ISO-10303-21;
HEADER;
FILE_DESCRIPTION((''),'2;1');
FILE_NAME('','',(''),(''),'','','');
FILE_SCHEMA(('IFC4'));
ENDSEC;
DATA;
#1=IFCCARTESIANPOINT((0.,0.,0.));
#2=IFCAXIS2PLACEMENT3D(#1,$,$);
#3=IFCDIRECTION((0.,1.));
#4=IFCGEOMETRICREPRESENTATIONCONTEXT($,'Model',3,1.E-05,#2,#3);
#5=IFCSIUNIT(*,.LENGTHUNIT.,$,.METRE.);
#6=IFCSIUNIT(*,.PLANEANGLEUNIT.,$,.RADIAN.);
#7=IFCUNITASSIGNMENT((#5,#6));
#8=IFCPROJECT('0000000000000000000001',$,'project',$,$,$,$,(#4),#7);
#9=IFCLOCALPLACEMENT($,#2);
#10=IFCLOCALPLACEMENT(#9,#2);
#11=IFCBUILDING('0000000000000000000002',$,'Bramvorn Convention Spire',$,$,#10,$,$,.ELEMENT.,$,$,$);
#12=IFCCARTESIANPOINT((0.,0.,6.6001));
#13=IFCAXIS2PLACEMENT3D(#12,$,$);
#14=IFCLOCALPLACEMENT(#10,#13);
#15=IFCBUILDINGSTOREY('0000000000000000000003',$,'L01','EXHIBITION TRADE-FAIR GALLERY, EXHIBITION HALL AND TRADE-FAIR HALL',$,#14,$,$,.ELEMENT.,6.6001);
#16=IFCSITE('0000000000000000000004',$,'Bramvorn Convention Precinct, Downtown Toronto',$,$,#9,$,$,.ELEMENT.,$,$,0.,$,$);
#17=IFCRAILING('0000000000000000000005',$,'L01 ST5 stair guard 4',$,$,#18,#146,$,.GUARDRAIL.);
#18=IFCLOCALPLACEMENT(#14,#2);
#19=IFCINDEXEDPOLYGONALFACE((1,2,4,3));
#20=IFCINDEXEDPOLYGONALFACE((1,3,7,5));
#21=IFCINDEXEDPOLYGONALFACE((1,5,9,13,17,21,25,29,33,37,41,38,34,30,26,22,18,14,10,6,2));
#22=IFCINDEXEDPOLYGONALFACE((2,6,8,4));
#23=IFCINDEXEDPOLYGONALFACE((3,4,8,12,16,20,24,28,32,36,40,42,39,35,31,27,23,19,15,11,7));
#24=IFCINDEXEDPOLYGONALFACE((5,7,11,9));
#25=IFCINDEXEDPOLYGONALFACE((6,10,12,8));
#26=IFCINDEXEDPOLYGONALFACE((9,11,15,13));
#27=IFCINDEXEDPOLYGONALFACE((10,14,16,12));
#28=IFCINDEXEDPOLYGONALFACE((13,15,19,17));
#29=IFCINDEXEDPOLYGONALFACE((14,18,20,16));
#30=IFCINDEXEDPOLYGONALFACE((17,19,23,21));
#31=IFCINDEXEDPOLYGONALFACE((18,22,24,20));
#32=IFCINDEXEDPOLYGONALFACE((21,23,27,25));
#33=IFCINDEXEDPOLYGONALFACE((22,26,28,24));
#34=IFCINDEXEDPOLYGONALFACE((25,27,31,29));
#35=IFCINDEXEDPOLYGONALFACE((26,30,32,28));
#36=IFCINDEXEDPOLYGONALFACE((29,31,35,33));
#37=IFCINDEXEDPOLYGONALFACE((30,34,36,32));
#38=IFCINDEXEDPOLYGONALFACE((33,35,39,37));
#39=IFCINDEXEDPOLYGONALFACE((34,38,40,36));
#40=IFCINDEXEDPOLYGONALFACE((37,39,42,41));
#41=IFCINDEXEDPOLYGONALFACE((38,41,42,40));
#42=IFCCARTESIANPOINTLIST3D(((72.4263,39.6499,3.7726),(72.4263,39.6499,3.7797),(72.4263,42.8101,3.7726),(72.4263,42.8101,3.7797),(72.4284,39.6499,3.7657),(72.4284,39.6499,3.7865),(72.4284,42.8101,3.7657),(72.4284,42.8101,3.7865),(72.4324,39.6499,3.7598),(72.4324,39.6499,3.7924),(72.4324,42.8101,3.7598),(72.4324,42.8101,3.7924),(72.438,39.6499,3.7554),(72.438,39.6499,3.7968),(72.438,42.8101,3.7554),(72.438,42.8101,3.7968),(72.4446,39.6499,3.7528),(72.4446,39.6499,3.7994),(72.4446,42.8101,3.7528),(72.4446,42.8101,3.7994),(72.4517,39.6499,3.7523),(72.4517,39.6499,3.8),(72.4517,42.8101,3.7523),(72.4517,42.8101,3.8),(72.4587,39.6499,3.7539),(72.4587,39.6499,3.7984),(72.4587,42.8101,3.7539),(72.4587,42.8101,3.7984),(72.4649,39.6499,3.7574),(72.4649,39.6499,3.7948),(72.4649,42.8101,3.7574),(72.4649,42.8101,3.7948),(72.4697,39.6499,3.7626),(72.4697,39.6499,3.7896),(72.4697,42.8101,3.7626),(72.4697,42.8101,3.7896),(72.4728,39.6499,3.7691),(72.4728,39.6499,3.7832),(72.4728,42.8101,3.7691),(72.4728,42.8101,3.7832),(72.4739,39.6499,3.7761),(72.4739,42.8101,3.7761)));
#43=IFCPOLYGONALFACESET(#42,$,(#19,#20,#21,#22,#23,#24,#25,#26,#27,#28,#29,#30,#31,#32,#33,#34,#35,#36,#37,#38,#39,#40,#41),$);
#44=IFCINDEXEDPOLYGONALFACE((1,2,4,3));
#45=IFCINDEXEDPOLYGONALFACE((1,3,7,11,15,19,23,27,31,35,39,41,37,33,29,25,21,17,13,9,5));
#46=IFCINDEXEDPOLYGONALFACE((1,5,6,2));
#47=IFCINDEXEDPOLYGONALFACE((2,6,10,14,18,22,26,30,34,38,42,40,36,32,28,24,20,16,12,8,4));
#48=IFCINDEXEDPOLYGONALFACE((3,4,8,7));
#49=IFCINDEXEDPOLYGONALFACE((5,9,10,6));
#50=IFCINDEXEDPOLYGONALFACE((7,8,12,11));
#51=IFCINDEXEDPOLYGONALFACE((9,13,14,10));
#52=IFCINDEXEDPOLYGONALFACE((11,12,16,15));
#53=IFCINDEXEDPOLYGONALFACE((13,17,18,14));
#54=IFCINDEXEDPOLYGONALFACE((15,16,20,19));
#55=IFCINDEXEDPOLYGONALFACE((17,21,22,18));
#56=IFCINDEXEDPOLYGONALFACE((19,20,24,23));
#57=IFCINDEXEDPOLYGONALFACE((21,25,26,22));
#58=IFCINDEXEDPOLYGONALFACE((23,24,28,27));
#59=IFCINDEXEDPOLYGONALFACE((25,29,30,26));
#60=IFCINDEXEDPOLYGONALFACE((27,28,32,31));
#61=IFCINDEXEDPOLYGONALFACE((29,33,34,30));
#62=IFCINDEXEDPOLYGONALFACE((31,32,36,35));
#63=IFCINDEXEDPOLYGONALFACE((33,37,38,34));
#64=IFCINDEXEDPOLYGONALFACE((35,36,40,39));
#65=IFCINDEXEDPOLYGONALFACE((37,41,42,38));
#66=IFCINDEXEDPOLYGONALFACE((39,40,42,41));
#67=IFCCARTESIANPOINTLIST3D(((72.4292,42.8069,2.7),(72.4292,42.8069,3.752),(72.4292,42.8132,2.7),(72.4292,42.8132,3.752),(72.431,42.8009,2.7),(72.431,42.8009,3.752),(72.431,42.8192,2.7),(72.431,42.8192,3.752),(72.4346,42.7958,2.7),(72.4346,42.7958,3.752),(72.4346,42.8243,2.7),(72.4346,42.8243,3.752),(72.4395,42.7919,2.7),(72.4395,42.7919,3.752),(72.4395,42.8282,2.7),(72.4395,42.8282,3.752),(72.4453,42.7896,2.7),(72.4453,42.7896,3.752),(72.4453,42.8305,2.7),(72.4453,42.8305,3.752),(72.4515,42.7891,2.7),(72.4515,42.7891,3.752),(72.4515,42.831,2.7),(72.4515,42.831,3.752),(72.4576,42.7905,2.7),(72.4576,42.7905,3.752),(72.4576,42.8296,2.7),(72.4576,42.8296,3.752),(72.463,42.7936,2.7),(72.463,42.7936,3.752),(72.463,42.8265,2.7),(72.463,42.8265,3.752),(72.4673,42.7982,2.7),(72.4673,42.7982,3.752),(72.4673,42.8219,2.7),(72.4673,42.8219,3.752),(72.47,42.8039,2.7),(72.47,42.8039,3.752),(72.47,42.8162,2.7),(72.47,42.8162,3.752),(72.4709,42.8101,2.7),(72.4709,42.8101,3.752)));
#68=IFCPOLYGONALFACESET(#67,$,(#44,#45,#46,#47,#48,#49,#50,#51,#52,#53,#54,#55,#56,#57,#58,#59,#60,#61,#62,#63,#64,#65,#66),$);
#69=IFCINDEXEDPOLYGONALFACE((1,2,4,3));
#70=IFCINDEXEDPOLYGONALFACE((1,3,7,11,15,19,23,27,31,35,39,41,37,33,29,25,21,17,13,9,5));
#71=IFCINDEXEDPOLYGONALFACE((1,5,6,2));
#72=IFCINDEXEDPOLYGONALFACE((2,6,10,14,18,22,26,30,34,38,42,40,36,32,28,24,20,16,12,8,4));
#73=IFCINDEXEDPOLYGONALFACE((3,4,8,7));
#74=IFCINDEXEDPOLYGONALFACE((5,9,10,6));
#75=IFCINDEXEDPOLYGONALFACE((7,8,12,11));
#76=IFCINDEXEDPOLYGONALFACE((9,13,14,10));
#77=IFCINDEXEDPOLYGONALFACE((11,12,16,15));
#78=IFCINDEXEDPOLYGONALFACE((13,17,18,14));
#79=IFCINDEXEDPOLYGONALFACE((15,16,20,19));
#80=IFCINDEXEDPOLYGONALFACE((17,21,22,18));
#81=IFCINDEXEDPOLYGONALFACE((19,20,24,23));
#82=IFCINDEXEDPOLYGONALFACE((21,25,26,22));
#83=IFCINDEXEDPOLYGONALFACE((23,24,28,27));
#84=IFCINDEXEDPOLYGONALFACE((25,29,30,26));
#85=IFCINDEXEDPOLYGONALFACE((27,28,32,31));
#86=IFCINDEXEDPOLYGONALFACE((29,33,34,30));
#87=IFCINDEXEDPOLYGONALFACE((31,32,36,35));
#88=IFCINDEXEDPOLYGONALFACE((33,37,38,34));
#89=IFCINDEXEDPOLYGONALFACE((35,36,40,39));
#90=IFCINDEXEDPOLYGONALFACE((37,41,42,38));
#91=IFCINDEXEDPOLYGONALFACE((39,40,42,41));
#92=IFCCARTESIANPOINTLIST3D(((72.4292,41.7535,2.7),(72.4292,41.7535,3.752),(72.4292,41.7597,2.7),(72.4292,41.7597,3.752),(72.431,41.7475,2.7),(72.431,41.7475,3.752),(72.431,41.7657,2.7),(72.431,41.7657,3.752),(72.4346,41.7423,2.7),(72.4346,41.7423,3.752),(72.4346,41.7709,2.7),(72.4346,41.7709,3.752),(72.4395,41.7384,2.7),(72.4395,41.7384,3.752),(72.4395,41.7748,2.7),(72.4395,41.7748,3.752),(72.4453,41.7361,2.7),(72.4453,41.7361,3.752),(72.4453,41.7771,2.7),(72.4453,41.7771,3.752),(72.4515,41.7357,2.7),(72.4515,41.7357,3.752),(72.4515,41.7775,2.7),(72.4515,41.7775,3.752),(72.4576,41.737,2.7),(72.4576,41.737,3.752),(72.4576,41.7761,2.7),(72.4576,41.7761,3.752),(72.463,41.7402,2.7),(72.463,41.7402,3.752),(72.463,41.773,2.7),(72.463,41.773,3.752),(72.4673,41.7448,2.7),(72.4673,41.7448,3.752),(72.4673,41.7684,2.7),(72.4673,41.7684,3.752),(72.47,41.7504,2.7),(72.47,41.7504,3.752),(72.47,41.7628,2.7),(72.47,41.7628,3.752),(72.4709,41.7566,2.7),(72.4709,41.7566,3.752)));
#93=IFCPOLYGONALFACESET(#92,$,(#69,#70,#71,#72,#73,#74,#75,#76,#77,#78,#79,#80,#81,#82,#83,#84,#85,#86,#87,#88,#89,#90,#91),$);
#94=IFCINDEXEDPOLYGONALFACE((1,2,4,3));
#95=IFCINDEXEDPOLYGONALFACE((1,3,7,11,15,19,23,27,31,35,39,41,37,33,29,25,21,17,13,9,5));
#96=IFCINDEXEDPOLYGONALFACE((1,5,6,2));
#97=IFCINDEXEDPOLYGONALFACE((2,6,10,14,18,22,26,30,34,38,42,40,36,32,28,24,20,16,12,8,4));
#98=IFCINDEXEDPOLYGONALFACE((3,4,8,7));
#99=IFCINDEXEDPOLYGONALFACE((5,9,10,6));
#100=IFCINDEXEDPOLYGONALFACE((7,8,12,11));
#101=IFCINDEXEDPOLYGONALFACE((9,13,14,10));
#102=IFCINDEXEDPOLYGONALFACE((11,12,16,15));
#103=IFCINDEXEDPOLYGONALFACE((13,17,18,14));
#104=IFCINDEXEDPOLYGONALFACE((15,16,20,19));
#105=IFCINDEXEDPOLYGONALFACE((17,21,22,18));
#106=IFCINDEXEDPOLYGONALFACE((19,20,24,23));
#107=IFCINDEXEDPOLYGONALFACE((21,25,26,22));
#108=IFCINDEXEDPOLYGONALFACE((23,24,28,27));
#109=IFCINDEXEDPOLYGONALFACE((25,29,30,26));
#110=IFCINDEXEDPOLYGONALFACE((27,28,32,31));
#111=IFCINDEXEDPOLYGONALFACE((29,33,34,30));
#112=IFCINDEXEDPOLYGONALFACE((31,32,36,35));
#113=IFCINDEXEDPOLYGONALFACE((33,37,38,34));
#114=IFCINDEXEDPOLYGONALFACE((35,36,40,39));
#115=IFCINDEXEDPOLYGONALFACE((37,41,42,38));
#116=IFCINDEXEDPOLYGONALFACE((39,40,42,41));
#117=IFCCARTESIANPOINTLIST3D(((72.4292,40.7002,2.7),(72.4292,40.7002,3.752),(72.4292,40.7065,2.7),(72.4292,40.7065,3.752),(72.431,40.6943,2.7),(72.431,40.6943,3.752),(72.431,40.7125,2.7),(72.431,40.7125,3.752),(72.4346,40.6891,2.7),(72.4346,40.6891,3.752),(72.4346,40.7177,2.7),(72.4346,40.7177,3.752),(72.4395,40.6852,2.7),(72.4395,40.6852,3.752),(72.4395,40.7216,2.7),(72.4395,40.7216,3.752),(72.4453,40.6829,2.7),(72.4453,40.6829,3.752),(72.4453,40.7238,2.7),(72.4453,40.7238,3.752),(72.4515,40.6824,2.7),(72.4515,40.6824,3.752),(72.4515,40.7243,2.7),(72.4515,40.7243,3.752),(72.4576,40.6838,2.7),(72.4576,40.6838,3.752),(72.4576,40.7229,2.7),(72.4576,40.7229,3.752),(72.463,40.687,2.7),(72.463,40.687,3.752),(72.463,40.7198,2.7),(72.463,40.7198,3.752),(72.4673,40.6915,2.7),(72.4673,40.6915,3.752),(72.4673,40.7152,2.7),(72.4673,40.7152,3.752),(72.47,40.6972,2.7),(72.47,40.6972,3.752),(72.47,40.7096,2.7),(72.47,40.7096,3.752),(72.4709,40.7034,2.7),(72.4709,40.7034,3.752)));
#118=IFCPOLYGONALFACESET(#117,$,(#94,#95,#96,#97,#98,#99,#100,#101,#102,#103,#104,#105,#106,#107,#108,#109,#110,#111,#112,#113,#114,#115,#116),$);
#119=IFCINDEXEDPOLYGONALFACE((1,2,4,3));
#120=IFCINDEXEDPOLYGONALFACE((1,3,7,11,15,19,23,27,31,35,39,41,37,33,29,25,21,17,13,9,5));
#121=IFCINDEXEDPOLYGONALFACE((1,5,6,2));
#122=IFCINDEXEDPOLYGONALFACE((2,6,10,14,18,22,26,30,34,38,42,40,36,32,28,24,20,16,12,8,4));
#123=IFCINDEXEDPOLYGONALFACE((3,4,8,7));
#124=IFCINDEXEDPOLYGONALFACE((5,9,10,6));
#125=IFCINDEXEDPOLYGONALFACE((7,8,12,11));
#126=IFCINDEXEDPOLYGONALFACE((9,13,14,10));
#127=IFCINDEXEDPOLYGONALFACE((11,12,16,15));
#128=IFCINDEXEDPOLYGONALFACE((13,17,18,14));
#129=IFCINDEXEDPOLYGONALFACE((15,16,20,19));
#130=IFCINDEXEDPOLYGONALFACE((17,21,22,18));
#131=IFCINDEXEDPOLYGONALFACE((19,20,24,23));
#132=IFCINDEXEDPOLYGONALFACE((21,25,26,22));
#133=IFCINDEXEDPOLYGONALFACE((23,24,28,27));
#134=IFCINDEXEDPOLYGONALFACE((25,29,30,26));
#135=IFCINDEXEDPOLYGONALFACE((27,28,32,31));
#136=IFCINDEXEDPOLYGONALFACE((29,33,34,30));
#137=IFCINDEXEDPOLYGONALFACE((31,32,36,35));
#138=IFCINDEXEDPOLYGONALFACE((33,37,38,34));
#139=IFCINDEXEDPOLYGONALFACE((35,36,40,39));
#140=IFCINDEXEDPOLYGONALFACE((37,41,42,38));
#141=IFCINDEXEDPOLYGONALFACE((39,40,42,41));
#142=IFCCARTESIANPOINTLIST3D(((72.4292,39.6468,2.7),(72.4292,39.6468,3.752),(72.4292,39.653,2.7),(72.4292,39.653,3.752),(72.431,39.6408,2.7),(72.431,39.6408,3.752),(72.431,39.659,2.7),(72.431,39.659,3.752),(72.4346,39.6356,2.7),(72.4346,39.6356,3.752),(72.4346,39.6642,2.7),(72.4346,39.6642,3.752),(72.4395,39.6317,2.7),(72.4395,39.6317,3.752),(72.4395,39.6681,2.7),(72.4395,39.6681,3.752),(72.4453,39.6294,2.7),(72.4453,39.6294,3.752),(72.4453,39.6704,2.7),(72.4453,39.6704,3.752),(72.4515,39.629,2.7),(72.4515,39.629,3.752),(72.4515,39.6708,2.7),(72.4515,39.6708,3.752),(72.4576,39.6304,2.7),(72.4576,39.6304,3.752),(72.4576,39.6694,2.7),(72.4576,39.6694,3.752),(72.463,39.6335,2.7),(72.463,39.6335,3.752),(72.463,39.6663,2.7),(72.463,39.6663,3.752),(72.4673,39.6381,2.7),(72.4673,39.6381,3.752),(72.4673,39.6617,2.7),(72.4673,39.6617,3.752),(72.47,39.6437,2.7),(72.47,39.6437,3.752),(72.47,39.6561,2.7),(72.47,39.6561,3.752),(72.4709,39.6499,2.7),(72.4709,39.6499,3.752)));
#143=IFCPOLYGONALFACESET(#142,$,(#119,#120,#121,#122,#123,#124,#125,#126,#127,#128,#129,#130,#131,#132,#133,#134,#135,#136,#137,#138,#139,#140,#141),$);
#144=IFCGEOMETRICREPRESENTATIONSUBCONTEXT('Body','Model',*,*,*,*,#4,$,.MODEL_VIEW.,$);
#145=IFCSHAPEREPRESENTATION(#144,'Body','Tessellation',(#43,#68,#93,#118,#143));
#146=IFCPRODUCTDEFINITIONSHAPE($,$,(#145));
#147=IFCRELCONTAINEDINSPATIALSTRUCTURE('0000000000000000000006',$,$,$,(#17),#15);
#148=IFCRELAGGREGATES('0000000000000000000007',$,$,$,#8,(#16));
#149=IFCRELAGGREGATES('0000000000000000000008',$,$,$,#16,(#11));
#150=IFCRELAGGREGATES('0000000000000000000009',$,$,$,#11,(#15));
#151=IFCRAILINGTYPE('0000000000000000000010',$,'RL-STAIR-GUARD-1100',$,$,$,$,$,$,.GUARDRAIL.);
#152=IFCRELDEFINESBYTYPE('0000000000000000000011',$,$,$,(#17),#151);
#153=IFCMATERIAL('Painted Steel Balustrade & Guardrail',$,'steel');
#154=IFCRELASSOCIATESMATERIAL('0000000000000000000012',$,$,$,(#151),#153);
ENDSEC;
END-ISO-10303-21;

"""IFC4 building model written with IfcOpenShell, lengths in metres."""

from ifc_helpers import new_model, si_unit, direction, frame, origin, origin_2d, place, context, subcontext, project, spatial, circle, extrude, material, type_object, element, save


model = new_model("IFC4")

# Units and contexts
model_context = context("Model", 3, precision=1e-05, world=origin(), true_north=direction((0.0, 1.0)))
body_context = subcontext(model_context, "Body", "Model", "MODEL_VIEW")
ifc_project = project(units=[si_unit("LENGTHUNIT", "METRE"), si_unit("PLANEANGLEUNIT", "RADIAN")], contexts=[model_context])

# Site, building, storey
site_placement = place(None, origin())
site = spatial("IfcSite", under=ifc_project, at=site_placement, Name="Bramvorn Convention Precinct, Downtown Toronto", CompositionType="ELEMENT", RefElevation=0.0)
building_placement = place(site_placement, origin())
building = spatial("IfcBuilding", under=site, at=building_placement, Name="Bramvorn Convention Spire", CompositionType="ELEMENT")
storey_placement = place(building_placement, frame((0.0, 0.0, 6.6001)))
storey = spatial("IfcBuildingStorey", under=building, at=storey_placement, Name="L01", Description="EXHIBITION TRADE-FAIR GALLERY, EXHIBITION HALL AND TRADE-FAIR HALL", CompositionType="ELEMENT", Elevation=6.6001)

# Railing
ifc_material_1 = material(Name="Painted Steel Balustrade & Guardrail", Category="steel")
railing_type = type_object("IfcRailingType", Name="RL-STAIR-GUARD-1100", PredefinedType="GUARDRAIL", material=ifc_material_1)
for number, where, name in (
    (1, (72.45, 42.8101, 2.7), "L01 ST5 stair guard 4"),
):
    element("IfcRailing", number, at=place(storey_placement, frame(where)), inside=storey, type_object=railing_type, Name=name, PredefinedType="GUARDRAIL", context=body_context, shape_type="SweptSolid", body=[
        extrude(circle(Radius=0.0239, at=origin_2d()), frame((0.0, 0.0, 1.0762), z_axis=(0.0, -1.0, 0.0), x_axis=(1.0, 0.0, 0.0)), (0.0, 0.0, 1.0), 3.1602),
        extrude(circle(Radius=0.021, at=origin_2d()), origin(), (0.0, 0.0, 1.0), 1.052),
        extrude(circle(Radius=0.021, at=origin_2d()), frame((0.0, -1.0535, 0.0)), (0.0, 0.0, 1.0), 1.052),
        extrude(circle(Radius=0.021, at=origin_2d()), frame((0.0, -2.1067, 0.0)), (0.0, 0.0, 1.0), 1.052),
        extrude(circle(Radius=0.021, at=origin_2d()), frame((0.0, -3.1602, 0.0)), (0.0, 0.0, 1.0), 1.052),
    ])

save(model, "model.ifc")
